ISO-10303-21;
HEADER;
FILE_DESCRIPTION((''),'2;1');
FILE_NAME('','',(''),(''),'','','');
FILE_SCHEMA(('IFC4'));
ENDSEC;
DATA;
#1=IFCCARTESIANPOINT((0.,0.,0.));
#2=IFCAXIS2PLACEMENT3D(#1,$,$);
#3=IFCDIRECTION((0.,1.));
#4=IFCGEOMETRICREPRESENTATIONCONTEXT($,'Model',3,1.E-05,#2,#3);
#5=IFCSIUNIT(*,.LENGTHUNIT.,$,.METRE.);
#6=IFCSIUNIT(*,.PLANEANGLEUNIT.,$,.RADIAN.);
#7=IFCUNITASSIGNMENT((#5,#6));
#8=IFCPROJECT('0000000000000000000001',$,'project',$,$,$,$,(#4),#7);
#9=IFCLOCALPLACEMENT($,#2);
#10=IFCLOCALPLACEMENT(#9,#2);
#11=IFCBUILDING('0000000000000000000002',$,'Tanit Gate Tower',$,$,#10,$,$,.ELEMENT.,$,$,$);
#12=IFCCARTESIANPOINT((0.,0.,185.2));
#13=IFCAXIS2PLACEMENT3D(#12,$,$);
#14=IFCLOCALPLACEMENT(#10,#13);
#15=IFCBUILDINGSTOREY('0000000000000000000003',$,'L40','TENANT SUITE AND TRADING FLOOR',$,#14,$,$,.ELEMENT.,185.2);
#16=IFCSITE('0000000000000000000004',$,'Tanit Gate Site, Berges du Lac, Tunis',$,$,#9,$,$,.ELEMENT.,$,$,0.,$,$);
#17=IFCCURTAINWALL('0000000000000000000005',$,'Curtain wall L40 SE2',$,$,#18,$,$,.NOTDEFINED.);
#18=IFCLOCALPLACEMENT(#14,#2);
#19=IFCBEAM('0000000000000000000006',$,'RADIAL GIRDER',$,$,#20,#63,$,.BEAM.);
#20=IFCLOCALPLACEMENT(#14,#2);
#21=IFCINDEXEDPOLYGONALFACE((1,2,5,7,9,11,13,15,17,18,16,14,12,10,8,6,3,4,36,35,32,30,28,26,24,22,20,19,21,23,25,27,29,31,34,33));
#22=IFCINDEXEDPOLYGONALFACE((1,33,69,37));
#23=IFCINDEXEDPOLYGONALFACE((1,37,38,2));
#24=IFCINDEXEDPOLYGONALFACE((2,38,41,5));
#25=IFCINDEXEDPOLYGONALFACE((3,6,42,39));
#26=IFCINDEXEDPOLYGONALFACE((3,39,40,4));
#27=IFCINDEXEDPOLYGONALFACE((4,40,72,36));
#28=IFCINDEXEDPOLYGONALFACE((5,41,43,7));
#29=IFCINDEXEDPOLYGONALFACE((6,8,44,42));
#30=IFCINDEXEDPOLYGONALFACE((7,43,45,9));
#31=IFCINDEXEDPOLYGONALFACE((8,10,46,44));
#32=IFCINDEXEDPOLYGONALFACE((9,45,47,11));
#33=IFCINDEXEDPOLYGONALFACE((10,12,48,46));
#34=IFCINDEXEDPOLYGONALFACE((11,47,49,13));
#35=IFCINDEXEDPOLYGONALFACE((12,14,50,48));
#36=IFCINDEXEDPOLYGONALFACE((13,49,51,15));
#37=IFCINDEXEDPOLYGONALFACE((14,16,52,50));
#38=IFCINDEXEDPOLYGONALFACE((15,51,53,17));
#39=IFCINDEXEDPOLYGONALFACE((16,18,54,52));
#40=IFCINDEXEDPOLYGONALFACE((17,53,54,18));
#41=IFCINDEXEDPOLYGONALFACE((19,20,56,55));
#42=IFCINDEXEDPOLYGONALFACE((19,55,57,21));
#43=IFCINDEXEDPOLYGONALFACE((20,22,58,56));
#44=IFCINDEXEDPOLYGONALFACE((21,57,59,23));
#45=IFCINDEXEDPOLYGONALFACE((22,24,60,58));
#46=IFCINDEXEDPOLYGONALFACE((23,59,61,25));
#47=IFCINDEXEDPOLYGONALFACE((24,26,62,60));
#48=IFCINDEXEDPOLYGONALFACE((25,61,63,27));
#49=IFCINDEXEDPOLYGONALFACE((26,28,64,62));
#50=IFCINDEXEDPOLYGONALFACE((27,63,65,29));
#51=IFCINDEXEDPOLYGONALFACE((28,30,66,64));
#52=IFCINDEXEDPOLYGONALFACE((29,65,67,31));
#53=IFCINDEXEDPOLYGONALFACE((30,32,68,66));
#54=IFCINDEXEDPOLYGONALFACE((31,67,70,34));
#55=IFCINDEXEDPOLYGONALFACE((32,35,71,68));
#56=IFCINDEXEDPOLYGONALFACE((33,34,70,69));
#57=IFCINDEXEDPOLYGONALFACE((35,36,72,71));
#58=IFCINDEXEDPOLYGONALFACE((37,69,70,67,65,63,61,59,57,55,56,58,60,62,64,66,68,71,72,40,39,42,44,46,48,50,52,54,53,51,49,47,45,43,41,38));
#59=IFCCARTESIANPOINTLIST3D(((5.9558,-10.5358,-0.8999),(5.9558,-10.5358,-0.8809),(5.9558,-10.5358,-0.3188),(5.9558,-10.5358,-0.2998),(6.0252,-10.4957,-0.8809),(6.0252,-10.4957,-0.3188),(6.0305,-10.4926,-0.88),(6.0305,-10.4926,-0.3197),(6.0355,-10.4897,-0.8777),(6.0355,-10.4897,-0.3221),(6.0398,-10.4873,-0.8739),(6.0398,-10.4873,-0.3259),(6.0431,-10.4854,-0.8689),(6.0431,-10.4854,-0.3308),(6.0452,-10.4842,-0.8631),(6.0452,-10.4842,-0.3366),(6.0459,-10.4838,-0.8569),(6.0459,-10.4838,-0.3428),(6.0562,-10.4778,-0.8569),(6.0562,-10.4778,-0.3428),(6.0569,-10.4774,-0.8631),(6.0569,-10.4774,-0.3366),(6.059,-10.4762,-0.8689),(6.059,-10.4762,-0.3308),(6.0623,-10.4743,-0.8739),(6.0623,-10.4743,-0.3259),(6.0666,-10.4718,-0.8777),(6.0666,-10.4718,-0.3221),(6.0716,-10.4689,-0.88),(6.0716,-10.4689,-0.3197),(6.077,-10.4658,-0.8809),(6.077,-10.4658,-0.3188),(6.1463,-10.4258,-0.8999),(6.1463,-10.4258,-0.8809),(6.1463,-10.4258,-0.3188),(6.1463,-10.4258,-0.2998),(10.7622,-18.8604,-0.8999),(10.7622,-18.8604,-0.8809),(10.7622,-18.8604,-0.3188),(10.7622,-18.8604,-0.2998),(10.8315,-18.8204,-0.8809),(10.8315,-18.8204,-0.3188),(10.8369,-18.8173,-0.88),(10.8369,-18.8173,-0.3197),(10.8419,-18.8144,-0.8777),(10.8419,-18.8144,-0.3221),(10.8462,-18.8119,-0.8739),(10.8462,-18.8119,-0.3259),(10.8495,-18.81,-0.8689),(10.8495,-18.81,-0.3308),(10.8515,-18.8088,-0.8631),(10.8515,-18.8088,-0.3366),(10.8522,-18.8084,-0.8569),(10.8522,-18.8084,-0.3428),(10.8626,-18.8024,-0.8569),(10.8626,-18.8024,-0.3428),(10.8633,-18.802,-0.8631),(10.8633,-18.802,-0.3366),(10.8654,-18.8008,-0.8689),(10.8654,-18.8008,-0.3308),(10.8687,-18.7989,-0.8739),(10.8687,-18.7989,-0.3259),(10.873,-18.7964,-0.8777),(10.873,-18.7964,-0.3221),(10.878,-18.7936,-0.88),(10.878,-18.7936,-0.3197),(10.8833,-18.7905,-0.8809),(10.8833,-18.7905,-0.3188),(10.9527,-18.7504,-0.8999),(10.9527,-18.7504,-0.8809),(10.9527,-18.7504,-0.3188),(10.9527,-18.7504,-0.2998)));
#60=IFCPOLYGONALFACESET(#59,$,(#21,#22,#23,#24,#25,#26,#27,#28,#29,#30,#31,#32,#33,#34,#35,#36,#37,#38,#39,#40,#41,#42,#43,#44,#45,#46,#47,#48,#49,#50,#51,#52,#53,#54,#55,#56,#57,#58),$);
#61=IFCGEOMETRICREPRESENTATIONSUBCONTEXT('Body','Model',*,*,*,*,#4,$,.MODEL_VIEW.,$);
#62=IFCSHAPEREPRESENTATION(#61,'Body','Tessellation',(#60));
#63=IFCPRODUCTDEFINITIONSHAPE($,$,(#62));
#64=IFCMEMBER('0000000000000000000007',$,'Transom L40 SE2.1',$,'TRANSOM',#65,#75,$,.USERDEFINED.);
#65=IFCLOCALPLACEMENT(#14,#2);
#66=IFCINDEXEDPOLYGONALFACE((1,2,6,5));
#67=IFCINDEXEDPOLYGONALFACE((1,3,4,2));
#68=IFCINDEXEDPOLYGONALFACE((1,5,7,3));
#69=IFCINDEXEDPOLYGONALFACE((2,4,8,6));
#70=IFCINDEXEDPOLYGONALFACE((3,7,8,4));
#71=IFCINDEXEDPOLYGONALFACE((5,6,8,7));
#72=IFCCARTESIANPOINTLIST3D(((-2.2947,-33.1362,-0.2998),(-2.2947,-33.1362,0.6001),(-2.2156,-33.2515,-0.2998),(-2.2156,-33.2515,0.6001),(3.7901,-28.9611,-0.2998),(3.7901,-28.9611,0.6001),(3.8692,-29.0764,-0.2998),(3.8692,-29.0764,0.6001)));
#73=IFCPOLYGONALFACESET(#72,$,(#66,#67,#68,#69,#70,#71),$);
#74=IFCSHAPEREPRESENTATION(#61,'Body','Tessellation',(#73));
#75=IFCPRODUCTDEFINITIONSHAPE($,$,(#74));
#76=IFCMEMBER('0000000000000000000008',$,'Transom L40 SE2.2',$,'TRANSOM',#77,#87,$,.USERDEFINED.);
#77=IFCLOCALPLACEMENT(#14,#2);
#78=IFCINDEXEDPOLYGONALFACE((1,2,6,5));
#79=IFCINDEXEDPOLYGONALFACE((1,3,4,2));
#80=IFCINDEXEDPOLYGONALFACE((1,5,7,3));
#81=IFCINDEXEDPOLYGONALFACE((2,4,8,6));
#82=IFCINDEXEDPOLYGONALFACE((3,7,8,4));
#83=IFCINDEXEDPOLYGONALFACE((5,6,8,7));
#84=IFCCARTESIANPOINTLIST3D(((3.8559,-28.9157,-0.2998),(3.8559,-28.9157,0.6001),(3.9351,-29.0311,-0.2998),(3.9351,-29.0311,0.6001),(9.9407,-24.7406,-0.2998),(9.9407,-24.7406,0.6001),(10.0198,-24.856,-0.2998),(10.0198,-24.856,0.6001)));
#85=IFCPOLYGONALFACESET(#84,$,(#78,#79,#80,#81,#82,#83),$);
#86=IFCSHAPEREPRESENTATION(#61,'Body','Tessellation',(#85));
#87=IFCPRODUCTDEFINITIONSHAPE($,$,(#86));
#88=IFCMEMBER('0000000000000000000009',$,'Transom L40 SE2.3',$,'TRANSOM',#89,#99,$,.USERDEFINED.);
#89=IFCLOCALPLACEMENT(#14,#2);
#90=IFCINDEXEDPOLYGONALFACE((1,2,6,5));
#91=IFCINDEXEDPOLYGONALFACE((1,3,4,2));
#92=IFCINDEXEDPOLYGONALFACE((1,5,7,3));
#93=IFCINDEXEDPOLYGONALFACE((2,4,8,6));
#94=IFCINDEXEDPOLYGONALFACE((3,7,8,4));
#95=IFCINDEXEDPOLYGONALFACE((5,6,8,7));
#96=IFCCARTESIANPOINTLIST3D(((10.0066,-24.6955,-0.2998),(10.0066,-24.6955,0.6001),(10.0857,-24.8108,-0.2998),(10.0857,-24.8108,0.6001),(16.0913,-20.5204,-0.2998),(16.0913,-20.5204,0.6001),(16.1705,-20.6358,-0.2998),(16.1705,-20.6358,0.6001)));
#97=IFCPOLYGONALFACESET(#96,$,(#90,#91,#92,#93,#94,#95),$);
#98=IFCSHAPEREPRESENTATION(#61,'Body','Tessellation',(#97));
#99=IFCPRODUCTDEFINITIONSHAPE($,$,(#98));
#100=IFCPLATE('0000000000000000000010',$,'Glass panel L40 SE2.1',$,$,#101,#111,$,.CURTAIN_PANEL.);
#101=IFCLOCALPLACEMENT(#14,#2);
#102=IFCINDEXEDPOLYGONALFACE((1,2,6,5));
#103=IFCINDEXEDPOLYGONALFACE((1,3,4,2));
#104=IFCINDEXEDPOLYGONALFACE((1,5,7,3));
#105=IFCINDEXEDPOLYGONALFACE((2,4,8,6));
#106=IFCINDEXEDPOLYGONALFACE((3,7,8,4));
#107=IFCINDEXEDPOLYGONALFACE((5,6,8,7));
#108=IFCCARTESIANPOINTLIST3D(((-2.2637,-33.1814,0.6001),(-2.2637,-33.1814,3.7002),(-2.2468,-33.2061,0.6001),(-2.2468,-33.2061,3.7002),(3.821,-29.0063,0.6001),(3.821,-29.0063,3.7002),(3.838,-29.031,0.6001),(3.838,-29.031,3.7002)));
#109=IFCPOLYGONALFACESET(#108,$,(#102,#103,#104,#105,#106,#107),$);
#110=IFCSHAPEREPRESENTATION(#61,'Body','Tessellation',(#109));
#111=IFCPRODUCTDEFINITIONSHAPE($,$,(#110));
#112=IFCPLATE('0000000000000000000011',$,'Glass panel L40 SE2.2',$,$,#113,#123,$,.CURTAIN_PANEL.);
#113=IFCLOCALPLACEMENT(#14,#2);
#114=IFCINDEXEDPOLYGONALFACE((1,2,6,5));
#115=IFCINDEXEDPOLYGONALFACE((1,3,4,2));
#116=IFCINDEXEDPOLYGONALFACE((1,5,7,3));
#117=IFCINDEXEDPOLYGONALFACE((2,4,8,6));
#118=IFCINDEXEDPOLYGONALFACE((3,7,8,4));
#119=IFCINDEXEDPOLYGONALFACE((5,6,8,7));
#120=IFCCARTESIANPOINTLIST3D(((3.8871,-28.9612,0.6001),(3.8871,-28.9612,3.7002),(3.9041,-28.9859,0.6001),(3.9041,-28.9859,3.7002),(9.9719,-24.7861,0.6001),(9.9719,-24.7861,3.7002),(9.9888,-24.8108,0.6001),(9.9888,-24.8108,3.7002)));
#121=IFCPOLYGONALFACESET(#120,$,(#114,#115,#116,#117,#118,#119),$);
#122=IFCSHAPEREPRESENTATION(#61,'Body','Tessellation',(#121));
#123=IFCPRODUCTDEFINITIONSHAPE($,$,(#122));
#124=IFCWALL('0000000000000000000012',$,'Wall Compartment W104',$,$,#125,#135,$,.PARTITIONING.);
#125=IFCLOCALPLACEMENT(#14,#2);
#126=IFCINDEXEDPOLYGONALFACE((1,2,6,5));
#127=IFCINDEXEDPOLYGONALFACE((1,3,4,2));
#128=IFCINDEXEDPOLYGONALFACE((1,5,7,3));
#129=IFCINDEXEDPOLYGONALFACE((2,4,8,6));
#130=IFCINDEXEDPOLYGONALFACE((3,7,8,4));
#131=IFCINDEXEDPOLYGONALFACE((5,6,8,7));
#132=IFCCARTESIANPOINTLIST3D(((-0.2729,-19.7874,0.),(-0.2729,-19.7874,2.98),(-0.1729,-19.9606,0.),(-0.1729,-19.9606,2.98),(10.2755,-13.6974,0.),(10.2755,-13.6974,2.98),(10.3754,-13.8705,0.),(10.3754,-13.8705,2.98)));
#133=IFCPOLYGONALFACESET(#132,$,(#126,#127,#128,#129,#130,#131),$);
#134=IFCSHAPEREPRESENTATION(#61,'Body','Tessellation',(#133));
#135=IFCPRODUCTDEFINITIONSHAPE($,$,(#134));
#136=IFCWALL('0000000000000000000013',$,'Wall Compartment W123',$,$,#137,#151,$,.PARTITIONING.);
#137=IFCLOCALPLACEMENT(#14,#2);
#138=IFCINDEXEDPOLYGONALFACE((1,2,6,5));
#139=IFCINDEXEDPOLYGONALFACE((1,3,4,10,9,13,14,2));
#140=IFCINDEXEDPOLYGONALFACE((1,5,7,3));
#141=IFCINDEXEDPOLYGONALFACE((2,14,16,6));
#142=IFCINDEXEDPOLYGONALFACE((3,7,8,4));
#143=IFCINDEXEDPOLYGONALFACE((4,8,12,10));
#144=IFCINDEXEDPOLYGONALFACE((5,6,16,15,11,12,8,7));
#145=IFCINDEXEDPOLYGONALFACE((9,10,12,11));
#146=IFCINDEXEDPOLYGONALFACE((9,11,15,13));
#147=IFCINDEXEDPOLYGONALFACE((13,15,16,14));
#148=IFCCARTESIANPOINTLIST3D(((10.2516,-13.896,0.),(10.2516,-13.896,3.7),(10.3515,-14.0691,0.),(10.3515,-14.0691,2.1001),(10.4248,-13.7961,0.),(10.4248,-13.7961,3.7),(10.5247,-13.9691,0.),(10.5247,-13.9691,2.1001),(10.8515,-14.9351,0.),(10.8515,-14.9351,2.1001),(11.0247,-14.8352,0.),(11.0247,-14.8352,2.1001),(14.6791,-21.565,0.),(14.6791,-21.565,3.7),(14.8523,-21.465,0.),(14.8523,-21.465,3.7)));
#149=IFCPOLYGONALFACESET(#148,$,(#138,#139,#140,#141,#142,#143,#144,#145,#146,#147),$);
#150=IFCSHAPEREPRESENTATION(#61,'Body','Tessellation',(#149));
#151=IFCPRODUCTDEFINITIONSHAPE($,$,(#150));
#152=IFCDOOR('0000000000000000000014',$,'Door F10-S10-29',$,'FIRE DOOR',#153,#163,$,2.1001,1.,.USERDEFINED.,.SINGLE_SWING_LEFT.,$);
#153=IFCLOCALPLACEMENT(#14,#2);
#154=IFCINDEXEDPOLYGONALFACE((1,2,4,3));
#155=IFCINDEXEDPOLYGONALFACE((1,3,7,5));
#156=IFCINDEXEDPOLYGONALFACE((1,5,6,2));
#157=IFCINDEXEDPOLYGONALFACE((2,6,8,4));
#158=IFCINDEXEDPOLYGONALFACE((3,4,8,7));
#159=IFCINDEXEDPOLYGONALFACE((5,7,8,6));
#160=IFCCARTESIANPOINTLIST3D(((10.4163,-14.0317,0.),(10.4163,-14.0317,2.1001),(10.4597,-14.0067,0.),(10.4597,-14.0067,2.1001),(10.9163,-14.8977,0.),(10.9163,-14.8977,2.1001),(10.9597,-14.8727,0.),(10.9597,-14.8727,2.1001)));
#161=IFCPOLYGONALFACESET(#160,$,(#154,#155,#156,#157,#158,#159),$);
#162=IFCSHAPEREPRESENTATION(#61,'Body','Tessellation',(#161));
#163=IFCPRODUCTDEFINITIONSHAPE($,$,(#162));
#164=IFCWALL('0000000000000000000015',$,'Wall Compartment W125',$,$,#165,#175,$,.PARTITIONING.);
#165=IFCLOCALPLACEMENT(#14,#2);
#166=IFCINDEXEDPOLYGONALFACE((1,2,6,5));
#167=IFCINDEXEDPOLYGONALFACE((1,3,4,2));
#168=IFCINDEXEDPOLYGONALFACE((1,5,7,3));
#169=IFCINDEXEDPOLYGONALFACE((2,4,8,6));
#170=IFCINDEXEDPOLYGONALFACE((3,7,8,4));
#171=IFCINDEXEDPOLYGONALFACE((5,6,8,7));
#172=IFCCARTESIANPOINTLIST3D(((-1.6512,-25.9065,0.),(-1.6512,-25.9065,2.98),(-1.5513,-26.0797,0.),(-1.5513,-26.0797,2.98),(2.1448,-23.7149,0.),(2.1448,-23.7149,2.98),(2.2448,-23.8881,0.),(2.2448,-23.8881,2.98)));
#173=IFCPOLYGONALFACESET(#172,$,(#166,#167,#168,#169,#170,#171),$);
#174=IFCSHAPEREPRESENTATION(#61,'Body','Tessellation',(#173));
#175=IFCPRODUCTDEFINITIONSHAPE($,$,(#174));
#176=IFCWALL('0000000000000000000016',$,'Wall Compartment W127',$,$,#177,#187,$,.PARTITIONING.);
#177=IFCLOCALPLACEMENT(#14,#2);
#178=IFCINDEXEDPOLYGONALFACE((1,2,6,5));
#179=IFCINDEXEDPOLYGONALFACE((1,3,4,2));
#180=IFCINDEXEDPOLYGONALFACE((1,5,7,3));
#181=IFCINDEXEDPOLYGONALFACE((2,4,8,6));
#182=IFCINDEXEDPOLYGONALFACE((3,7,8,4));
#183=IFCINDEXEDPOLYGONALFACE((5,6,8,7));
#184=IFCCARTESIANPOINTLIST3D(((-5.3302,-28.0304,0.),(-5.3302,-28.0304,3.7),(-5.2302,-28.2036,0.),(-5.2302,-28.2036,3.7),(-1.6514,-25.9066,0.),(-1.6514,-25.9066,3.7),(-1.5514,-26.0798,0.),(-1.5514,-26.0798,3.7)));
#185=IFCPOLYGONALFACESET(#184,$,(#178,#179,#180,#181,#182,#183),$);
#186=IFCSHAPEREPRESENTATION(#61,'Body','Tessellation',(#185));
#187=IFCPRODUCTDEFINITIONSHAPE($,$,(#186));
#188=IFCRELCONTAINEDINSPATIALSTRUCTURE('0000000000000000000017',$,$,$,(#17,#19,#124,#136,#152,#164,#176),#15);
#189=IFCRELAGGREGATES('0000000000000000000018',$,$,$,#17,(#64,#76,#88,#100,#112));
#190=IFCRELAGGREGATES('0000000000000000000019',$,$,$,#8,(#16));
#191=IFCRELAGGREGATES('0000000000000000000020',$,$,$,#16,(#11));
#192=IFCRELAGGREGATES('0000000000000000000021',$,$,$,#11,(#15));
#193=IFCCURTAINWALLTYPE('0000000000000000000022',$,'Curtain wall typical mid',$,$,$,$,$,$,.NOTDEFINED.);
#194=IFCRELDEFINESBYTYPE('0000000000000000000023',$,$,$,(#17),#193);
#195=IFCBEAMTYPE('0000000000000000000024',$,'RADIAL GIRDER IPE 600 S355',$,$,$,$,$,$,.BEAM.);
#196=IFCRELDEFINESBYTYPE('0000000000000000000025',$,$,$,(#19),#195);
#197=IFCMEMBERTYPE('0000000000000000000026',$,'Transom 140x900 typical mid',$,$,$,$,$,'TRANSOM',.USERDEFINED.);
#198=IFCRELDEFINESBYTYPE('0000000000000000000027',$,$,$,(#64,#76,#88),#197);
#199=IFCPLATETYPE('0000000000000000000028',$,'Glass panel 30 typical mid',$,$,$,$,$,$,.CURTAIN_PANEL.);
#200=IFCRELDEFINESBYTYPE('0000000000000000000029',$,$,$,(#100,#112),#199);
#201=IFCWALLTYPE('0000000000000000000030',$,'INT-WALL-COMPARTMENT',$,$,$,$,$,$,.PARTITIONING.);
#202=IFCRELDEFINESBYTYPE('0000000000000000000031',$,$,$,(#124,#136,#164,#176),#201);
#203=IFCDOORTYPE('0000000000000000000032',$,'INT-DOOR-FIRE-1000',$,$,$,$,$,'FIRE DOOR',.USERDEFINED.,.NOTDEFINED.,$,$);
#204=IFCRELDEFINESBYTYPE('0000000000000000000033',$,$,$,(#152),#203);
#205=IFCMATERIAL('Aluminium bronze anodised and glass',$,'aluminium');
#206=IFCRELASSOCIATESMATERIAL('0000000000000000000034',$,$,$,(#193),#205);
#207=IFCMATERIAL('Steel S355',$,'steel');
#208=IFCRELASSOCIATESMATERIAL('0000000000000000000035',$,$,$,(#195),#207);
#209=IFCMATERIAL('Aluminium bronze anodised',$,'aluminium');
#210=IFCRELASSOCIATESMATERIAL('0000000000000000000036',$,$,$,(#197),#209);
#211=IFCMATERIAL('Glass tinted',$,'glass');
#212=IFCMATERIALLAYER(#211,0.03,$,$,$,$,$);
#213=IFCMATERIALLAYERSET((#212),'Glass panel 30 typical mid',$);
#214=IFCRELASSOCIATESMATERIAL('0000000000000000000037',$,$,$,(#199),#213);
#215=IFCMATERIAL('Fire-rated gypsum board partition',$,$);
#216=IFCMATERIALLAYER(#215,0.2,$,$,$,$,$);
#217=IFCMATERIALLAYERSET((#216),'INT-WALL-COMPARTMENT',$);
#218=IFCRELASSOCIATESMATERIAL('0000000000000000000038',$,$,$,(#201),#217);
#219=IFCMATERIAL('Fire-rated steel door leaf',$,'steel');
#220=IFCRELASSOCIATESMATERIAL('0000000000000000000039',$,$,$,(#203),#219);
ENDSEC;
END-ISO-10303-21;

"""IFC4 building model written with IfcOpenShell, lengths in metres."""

from ifc_helpers import new_model, si_unit, direction, frame, frame_2d, origin, origin_2d, place, context, subcontext, project, spatial, rectangle, i_section, extrude, material, layer, layer_set, material_profile, profile_set, type_object, element, fill, aggregate, save


model = new_model("IFC4")

# Units and contexts
model_context = context("Model", 3, precision=1e-05, world=origin(), true_north=direction((0.0, 1.0)))
body_context = subcontext(model_context, "Body", "Model", "MODEL_VIEW")
ifc_project = project(units=[si_unit("LENGTHUNIT", "METRE"), si_unit("PLANEANGLEUNIT", "RADIAN")], contexts=[model_context])

# Site, building, storey
site_placement = place(None, origin())
site = spatial("IfcSite", under=ifc_project, at=site_placement, Name="Tanit Gate Site, Berges du Lac, Tunis", CompositionType="ELEMENT", RefElevation=0.0)
building_placement = place(site_placement, origin())
building = spatial("IfcBuilding", under=site, at=building_placement, Name="Tanit Gate Tower", CompositionType="ELEMENT")
storey_placement = place(building_placement, frame((0.0, 0.0, 185.2)))
storey = spatial("IfcBuildingStorey", under=building, at=storey_placement, Name="L40", Description="TENANT SUITE AND TRADING FLOOR", CompositionType="ELEMENT", Elevation=185.2)

# Curtain wall
ifc_material_1 = material(Name="Aluminium bronze anodised and glass", Category="aluminium")
curtain_wall_type = type_object("IfcCurtainWallType", Name="Curtain wall typical mid", PredefinedType="NOTDEFINED", material=ifc_material_1)
curtain_wall_1_placement = place(storey_placement, origin())
curtain_wall_1 = element("IfcCurtainWall", 1, at=curtain_wall_1_placement, inside=storey, type_object=curtain_wall_type, Name="Curtain wall L40 SE2", PredefinedType="NOTDEFINED")

# Beam
ifc_material_2 = material(Name="Steel S355", Category="steel")
ifc_material_profile_1 = material_profile(ifc_material_2, i_section(OverallWidth=0.22, OverallDepth=0.6001, WebThickness=0.012, FlangeThickness=0.019, FilletRadius=0.0239, at=origin_2d()), Name="IPE 600")
ifc_profile_set_1 = profile_set([ifc_material_profile_1], Name="Steel S355")
beam_type_1 = type_object("IfcBeamType", Name="RADIAL GIRDER IPE 600 S355", PredefinedType="BEAM", material=ifc_profile_set_1)
beam_1_placement = place(storey_placement, frame((10.8574, -18.8054, -0.5999), z_axis=(-0.50001, 0.86602, 0.0), x_axis=(-0.86602, -0.50001, 0.0)))
element("IfcBeam", 2, at=beam_1_placement, inside=storey, type_object=beam_type_1, Name="RADIAL GIRDER", PredefinedType="BEAM", context=body_context, shape_type="SweptSolid", body=[
    extrude(i_section(OverallWidth=0.22, OverallDepth=0.6001, WebThickness=0.012, FlangeThickness=0.019, FilletRadius=0.0239, at=origin_2d()), origin(), (0.0, 0.0, 1.0), 9.6125),
])

# Members
ifc_material_3 = material(Name="Aluminium bronze anodised", Category="aluminium")
ifc_material_profile_2 = material_profile(ifc_material_3, rectangle(XDim=0.1399, YDim=0.8999, at=origin_2d()), Name="140x900 bronze transom")
ifc_profile_set_2 = profile_set([ifc_material_profile_2], Name="Aluminium bronze anodised")
member_type_1 = type_object("IfcMemberType", Name="Transom 140x900 typical mid", ElementType="TRANSOM", PredefinedType="USERDEFINED", material=ifc_profile_set_2)
member_1_placement = place(storey_placement, frame((-2.2551, -33.1938, 0.1501), z_axis=(0.82456, 0.565775, 0.0), x_axis=(-0.565775, 0.82456, 0.0)))
member_1 = element("IfcMember", 3, at=member_1_placement, type_object=member_type_1, Name="Transom L40 SE2.1", ObjectType="TRANSOM", PredefinedType="USERDEFINED", context=body_context, shape_type="SweptSolid", body=[
    extrude(rectangle(XDim=0.1399, YDim=0.8999, at=origin_2d()), origin(), (0.0, 0.0, 1.0), 7.3794),
])
member_2_placement = place(storey_placement, frame((3.8955, -28.9734, 0.1501), z_axis=(0.82456, 0.565775, 0.0), x_axis=(-0.565775, 0.82456, 0.0)))
member_2 = element("IfcMember", 4, at=member_2_placement, type_object=member_type_1, Name="Transom L40 SE2.2", ObjectType="TRANSOM", PredefinedType="USERDEFINED", context=body_context, shape_type="SweptSolid", body=[
    extrude(rectangle(XDim=0.1399, YDim=0.8999, at=origin_2d()), origin(), (0.0, 0.0, 1.0), 7.3794),
])
member_3_placement = place(storey_placement, frame((10.0461, -24.7532, 0.1501), z_axis=(0.82456, 0.565775, 0.0), x_axis=(-0.565775, 0.82456, 0.0)))
member_3 = element("IfcMember", 5, at=member_3_placement, type_object=member_type_1, Name="Transom L40 SE2.3", ObjectType="TRANSOM", PredefinedType="USERDEFINED", context=body_context, shape_type="SweptSolid", body=[
    extrude(rectangle(XDim=0.1399, YDim=0.8999, at=origin_2d()), origin(), (0.0, 0.0, 1.0), 7.3794),
])

# Plates
ifc_material_4 = material(Name="Glass tinted", Category="glass")
ifc_layer_1 = layer(ifc_material_4, 0.03)
ifc_layer_set_1 = layer_set([ifc_layer_1], Name="Glass panel 30 typical mid")
plate_type = type_object("IfcPlateType", Name="Glass panel 30 typical mid", PredefinedType="CURTAIN_PANEL", material=ifc_layer_set_1)
plate_1_placement = place(storey_placement, frame((0.7871, -31.1062, 0.6001), z_axis=(0.0, 0.0, 1.0), x_axis=(0.824557, 0.56578, 0.0)))
plate_1 = element("IfcPlate", 6, at=plate_1_placement, type_object=plate_type, Name="Glass panel L40 SE2.1", PredefinedType="CURTAIN_PANEL", context=body_context, shape_type="SweptSolid", body=[
    extrude(rectangle(XDim=7.3794, YDim=0.03, at=origin_2d()), origin(), (0.0, 0.0, 1.0), 3.1001),
])
plate_2_placement = place(storey_placement, frame((6.938, -26.886, 0.6001), z_axis=(0.0, 0.0, 1.0), x_axis=(0.824557, 0.56578, 0.0)))
plate_2 = element("IfcPlate", 7, at=plate_2_placement, type_object=plate_type, Name="Glass panel L40 SE2.2", PredefinedType="CURTAIN_PANEL", context=body_context, shape_type="SweptSolid", body=[
    extrude(rectangle(XDim=7.3794, YDim=0.03, at=origin_2d()), origin(), (0.0, 0.0, 1.0), 3.1001),
])
aggregate(curtain_wall_1, [member_1, member_2, member_3, plate_1, plate_2])

# Wall
ifc_material_5 = material(Name="Fire-rated gypsum board partition")
ifc_layer_2 = layer(ifc_material_5, 0.2)
ifc_layer_set_2 = layer_set([ifc_layer_2], Name="INT-WALL-COMPARTMENT")
wall_type_1 = type_object("IfcWallType", Name="INT-WALL-COMPARTMENT", PredefinedType="PARTITIONING", material=ifc_layer_set_2)
wall_1_placement = place(storey_placement, frame((-0.2229, -19.874, 0.0), z_axis=(0.0, 0.0, 1.0), x_axis=(0.866025, 0.5, 0.0)))
element("IfcWall", 8, at=wall_1_placement, inside=storey, type_object=wall_type_1, Name="Wall Compartment W104", PredefinedType="PARTITIONING", context=body_context, shape_type="SweptSolid", body=[
    extrude(rectangle(XDim=12.1802, YDim=0.2, at=frame_2d((6.0901, 0.0))), origin(), (0.0, 0.0, 1.0), 2.98),
])

# Wall, opening, door
wall_2_placement = place(storey_placement, frame((10.3381, -13.8459, 0.0), z_axis=(0.0, 0.0, 1.0), x_axis=(0.499985, -0.866034, 0.0)))
wall_2 = element("IfcWall", 9, at=wall_2_placement, inside=storey, type_object=wall_type_1, Name="Wall Compartment W123", PredefinedType="PARTITIONING", context=body_context, shape_type="SweptSolid", body=[
    extrude(rectangle(XDim=8.8552, YDim=0.2, at=frame_2d((4.4277, 0.0))), origin(), (0.0, 0.0, 1.0), 3.7),
])
opening_placement = place(wall_2_placement, frame((0.2, 0.0, 0.0)))
opening = element("IfcOpeningElement", 10, at=opening_placement, cuts=wall_2, PredefinedType="OPENING", context=body_context, shape_type="SweptSolid", body=[
    extrude(rectangle(XDim=1.0, YDim=2.1001, at=frame_2d((0.5, 1.05))), frame((0.0, 0.1099, 0.0), z_axis=(0.0, -1.0, 0.0), x_axis=(1.0, 0.0, 0.0)), (0.0, 0.0, 1.0), 0.22),
])
ifc_material_6 = material(Name="Fire-rated steel door leaf", Category="steel")
door_type = type_object("IfcDoorType", Name="INT-DOOR-FIRE-1000", ElementType="FIRE DOOR", OperationType="NOTDEFINED", PredefinedType="USERDEFINED", material=ifc_material_6)
door_placement = place(opening_placement, origin())
door = element("IfcDoor", 11, at=door_placement, inside=storey, type_object=door_type, Name="Door F10-S10-29", ObjectType="FIRE DOOR", OperationType="SINGLE_SWING_LEFT", OverallHeight=2.1001, OverallWidth=1.0, PredefinedType="USERDEFINED", context=body_context, shape_type="SweptSolid", body=[
    extrude(rectangle(XDim=1.0, YDim=2.1001, at=frame_2d((0.5, 1.05))), frame((0.0, 0.0249, 0.0), z_axis=(0.0, -1.0, 0.0), x_axis=(1.0, 0.0, 0.0)), (0.0, 0.0, 1.0), 0.05),
])
fill(opening, door)

# Walls
wall_3_placement = place(storey_placement, frame((2.1948, -23.8015, 0.0), z_axis=(0.0, 0.0, 1.0), x_axis=(-0.866031, -0.499991, 0.0)))
element("IfcWall", 12, at=wall_3_placement, inside=storey, type_object=wall_type_1, Name="Wall Compartment W125", PredefinedType="PARTITIONING", context=body_context, shape_type="SweptSolid", body=[
    extrude(rectangle(XDim=4.3833, YDim=0.2, at=frame_2d((2.1917, 0.0))), origin(), (0.0, 0.0, 1.0), 2.98),
])
wall_4_placement = place(storey_placement, frame((-1.6013, -25.9932, 0.0), z_axis=(0.0, 0.0, 1.0), x_axis=(-0.866038, -0.499978, 0.0)))
element("IfcWall", 13, at=wall_4_placement, inside=storey, type_object=wall_type_1, Name="Wall Compartment W127", PredefinedType="PARTITIONING", context=body_context, shape_type="SweptSolid", body=[
    extrude(rectangle(XDim=4.2478, YDim=0.2, at=frame_2d((2.124, 0.0))), origin(), (0.0, 0.0, 1.0), 3.7),
])

save(model, "model.ifc")
